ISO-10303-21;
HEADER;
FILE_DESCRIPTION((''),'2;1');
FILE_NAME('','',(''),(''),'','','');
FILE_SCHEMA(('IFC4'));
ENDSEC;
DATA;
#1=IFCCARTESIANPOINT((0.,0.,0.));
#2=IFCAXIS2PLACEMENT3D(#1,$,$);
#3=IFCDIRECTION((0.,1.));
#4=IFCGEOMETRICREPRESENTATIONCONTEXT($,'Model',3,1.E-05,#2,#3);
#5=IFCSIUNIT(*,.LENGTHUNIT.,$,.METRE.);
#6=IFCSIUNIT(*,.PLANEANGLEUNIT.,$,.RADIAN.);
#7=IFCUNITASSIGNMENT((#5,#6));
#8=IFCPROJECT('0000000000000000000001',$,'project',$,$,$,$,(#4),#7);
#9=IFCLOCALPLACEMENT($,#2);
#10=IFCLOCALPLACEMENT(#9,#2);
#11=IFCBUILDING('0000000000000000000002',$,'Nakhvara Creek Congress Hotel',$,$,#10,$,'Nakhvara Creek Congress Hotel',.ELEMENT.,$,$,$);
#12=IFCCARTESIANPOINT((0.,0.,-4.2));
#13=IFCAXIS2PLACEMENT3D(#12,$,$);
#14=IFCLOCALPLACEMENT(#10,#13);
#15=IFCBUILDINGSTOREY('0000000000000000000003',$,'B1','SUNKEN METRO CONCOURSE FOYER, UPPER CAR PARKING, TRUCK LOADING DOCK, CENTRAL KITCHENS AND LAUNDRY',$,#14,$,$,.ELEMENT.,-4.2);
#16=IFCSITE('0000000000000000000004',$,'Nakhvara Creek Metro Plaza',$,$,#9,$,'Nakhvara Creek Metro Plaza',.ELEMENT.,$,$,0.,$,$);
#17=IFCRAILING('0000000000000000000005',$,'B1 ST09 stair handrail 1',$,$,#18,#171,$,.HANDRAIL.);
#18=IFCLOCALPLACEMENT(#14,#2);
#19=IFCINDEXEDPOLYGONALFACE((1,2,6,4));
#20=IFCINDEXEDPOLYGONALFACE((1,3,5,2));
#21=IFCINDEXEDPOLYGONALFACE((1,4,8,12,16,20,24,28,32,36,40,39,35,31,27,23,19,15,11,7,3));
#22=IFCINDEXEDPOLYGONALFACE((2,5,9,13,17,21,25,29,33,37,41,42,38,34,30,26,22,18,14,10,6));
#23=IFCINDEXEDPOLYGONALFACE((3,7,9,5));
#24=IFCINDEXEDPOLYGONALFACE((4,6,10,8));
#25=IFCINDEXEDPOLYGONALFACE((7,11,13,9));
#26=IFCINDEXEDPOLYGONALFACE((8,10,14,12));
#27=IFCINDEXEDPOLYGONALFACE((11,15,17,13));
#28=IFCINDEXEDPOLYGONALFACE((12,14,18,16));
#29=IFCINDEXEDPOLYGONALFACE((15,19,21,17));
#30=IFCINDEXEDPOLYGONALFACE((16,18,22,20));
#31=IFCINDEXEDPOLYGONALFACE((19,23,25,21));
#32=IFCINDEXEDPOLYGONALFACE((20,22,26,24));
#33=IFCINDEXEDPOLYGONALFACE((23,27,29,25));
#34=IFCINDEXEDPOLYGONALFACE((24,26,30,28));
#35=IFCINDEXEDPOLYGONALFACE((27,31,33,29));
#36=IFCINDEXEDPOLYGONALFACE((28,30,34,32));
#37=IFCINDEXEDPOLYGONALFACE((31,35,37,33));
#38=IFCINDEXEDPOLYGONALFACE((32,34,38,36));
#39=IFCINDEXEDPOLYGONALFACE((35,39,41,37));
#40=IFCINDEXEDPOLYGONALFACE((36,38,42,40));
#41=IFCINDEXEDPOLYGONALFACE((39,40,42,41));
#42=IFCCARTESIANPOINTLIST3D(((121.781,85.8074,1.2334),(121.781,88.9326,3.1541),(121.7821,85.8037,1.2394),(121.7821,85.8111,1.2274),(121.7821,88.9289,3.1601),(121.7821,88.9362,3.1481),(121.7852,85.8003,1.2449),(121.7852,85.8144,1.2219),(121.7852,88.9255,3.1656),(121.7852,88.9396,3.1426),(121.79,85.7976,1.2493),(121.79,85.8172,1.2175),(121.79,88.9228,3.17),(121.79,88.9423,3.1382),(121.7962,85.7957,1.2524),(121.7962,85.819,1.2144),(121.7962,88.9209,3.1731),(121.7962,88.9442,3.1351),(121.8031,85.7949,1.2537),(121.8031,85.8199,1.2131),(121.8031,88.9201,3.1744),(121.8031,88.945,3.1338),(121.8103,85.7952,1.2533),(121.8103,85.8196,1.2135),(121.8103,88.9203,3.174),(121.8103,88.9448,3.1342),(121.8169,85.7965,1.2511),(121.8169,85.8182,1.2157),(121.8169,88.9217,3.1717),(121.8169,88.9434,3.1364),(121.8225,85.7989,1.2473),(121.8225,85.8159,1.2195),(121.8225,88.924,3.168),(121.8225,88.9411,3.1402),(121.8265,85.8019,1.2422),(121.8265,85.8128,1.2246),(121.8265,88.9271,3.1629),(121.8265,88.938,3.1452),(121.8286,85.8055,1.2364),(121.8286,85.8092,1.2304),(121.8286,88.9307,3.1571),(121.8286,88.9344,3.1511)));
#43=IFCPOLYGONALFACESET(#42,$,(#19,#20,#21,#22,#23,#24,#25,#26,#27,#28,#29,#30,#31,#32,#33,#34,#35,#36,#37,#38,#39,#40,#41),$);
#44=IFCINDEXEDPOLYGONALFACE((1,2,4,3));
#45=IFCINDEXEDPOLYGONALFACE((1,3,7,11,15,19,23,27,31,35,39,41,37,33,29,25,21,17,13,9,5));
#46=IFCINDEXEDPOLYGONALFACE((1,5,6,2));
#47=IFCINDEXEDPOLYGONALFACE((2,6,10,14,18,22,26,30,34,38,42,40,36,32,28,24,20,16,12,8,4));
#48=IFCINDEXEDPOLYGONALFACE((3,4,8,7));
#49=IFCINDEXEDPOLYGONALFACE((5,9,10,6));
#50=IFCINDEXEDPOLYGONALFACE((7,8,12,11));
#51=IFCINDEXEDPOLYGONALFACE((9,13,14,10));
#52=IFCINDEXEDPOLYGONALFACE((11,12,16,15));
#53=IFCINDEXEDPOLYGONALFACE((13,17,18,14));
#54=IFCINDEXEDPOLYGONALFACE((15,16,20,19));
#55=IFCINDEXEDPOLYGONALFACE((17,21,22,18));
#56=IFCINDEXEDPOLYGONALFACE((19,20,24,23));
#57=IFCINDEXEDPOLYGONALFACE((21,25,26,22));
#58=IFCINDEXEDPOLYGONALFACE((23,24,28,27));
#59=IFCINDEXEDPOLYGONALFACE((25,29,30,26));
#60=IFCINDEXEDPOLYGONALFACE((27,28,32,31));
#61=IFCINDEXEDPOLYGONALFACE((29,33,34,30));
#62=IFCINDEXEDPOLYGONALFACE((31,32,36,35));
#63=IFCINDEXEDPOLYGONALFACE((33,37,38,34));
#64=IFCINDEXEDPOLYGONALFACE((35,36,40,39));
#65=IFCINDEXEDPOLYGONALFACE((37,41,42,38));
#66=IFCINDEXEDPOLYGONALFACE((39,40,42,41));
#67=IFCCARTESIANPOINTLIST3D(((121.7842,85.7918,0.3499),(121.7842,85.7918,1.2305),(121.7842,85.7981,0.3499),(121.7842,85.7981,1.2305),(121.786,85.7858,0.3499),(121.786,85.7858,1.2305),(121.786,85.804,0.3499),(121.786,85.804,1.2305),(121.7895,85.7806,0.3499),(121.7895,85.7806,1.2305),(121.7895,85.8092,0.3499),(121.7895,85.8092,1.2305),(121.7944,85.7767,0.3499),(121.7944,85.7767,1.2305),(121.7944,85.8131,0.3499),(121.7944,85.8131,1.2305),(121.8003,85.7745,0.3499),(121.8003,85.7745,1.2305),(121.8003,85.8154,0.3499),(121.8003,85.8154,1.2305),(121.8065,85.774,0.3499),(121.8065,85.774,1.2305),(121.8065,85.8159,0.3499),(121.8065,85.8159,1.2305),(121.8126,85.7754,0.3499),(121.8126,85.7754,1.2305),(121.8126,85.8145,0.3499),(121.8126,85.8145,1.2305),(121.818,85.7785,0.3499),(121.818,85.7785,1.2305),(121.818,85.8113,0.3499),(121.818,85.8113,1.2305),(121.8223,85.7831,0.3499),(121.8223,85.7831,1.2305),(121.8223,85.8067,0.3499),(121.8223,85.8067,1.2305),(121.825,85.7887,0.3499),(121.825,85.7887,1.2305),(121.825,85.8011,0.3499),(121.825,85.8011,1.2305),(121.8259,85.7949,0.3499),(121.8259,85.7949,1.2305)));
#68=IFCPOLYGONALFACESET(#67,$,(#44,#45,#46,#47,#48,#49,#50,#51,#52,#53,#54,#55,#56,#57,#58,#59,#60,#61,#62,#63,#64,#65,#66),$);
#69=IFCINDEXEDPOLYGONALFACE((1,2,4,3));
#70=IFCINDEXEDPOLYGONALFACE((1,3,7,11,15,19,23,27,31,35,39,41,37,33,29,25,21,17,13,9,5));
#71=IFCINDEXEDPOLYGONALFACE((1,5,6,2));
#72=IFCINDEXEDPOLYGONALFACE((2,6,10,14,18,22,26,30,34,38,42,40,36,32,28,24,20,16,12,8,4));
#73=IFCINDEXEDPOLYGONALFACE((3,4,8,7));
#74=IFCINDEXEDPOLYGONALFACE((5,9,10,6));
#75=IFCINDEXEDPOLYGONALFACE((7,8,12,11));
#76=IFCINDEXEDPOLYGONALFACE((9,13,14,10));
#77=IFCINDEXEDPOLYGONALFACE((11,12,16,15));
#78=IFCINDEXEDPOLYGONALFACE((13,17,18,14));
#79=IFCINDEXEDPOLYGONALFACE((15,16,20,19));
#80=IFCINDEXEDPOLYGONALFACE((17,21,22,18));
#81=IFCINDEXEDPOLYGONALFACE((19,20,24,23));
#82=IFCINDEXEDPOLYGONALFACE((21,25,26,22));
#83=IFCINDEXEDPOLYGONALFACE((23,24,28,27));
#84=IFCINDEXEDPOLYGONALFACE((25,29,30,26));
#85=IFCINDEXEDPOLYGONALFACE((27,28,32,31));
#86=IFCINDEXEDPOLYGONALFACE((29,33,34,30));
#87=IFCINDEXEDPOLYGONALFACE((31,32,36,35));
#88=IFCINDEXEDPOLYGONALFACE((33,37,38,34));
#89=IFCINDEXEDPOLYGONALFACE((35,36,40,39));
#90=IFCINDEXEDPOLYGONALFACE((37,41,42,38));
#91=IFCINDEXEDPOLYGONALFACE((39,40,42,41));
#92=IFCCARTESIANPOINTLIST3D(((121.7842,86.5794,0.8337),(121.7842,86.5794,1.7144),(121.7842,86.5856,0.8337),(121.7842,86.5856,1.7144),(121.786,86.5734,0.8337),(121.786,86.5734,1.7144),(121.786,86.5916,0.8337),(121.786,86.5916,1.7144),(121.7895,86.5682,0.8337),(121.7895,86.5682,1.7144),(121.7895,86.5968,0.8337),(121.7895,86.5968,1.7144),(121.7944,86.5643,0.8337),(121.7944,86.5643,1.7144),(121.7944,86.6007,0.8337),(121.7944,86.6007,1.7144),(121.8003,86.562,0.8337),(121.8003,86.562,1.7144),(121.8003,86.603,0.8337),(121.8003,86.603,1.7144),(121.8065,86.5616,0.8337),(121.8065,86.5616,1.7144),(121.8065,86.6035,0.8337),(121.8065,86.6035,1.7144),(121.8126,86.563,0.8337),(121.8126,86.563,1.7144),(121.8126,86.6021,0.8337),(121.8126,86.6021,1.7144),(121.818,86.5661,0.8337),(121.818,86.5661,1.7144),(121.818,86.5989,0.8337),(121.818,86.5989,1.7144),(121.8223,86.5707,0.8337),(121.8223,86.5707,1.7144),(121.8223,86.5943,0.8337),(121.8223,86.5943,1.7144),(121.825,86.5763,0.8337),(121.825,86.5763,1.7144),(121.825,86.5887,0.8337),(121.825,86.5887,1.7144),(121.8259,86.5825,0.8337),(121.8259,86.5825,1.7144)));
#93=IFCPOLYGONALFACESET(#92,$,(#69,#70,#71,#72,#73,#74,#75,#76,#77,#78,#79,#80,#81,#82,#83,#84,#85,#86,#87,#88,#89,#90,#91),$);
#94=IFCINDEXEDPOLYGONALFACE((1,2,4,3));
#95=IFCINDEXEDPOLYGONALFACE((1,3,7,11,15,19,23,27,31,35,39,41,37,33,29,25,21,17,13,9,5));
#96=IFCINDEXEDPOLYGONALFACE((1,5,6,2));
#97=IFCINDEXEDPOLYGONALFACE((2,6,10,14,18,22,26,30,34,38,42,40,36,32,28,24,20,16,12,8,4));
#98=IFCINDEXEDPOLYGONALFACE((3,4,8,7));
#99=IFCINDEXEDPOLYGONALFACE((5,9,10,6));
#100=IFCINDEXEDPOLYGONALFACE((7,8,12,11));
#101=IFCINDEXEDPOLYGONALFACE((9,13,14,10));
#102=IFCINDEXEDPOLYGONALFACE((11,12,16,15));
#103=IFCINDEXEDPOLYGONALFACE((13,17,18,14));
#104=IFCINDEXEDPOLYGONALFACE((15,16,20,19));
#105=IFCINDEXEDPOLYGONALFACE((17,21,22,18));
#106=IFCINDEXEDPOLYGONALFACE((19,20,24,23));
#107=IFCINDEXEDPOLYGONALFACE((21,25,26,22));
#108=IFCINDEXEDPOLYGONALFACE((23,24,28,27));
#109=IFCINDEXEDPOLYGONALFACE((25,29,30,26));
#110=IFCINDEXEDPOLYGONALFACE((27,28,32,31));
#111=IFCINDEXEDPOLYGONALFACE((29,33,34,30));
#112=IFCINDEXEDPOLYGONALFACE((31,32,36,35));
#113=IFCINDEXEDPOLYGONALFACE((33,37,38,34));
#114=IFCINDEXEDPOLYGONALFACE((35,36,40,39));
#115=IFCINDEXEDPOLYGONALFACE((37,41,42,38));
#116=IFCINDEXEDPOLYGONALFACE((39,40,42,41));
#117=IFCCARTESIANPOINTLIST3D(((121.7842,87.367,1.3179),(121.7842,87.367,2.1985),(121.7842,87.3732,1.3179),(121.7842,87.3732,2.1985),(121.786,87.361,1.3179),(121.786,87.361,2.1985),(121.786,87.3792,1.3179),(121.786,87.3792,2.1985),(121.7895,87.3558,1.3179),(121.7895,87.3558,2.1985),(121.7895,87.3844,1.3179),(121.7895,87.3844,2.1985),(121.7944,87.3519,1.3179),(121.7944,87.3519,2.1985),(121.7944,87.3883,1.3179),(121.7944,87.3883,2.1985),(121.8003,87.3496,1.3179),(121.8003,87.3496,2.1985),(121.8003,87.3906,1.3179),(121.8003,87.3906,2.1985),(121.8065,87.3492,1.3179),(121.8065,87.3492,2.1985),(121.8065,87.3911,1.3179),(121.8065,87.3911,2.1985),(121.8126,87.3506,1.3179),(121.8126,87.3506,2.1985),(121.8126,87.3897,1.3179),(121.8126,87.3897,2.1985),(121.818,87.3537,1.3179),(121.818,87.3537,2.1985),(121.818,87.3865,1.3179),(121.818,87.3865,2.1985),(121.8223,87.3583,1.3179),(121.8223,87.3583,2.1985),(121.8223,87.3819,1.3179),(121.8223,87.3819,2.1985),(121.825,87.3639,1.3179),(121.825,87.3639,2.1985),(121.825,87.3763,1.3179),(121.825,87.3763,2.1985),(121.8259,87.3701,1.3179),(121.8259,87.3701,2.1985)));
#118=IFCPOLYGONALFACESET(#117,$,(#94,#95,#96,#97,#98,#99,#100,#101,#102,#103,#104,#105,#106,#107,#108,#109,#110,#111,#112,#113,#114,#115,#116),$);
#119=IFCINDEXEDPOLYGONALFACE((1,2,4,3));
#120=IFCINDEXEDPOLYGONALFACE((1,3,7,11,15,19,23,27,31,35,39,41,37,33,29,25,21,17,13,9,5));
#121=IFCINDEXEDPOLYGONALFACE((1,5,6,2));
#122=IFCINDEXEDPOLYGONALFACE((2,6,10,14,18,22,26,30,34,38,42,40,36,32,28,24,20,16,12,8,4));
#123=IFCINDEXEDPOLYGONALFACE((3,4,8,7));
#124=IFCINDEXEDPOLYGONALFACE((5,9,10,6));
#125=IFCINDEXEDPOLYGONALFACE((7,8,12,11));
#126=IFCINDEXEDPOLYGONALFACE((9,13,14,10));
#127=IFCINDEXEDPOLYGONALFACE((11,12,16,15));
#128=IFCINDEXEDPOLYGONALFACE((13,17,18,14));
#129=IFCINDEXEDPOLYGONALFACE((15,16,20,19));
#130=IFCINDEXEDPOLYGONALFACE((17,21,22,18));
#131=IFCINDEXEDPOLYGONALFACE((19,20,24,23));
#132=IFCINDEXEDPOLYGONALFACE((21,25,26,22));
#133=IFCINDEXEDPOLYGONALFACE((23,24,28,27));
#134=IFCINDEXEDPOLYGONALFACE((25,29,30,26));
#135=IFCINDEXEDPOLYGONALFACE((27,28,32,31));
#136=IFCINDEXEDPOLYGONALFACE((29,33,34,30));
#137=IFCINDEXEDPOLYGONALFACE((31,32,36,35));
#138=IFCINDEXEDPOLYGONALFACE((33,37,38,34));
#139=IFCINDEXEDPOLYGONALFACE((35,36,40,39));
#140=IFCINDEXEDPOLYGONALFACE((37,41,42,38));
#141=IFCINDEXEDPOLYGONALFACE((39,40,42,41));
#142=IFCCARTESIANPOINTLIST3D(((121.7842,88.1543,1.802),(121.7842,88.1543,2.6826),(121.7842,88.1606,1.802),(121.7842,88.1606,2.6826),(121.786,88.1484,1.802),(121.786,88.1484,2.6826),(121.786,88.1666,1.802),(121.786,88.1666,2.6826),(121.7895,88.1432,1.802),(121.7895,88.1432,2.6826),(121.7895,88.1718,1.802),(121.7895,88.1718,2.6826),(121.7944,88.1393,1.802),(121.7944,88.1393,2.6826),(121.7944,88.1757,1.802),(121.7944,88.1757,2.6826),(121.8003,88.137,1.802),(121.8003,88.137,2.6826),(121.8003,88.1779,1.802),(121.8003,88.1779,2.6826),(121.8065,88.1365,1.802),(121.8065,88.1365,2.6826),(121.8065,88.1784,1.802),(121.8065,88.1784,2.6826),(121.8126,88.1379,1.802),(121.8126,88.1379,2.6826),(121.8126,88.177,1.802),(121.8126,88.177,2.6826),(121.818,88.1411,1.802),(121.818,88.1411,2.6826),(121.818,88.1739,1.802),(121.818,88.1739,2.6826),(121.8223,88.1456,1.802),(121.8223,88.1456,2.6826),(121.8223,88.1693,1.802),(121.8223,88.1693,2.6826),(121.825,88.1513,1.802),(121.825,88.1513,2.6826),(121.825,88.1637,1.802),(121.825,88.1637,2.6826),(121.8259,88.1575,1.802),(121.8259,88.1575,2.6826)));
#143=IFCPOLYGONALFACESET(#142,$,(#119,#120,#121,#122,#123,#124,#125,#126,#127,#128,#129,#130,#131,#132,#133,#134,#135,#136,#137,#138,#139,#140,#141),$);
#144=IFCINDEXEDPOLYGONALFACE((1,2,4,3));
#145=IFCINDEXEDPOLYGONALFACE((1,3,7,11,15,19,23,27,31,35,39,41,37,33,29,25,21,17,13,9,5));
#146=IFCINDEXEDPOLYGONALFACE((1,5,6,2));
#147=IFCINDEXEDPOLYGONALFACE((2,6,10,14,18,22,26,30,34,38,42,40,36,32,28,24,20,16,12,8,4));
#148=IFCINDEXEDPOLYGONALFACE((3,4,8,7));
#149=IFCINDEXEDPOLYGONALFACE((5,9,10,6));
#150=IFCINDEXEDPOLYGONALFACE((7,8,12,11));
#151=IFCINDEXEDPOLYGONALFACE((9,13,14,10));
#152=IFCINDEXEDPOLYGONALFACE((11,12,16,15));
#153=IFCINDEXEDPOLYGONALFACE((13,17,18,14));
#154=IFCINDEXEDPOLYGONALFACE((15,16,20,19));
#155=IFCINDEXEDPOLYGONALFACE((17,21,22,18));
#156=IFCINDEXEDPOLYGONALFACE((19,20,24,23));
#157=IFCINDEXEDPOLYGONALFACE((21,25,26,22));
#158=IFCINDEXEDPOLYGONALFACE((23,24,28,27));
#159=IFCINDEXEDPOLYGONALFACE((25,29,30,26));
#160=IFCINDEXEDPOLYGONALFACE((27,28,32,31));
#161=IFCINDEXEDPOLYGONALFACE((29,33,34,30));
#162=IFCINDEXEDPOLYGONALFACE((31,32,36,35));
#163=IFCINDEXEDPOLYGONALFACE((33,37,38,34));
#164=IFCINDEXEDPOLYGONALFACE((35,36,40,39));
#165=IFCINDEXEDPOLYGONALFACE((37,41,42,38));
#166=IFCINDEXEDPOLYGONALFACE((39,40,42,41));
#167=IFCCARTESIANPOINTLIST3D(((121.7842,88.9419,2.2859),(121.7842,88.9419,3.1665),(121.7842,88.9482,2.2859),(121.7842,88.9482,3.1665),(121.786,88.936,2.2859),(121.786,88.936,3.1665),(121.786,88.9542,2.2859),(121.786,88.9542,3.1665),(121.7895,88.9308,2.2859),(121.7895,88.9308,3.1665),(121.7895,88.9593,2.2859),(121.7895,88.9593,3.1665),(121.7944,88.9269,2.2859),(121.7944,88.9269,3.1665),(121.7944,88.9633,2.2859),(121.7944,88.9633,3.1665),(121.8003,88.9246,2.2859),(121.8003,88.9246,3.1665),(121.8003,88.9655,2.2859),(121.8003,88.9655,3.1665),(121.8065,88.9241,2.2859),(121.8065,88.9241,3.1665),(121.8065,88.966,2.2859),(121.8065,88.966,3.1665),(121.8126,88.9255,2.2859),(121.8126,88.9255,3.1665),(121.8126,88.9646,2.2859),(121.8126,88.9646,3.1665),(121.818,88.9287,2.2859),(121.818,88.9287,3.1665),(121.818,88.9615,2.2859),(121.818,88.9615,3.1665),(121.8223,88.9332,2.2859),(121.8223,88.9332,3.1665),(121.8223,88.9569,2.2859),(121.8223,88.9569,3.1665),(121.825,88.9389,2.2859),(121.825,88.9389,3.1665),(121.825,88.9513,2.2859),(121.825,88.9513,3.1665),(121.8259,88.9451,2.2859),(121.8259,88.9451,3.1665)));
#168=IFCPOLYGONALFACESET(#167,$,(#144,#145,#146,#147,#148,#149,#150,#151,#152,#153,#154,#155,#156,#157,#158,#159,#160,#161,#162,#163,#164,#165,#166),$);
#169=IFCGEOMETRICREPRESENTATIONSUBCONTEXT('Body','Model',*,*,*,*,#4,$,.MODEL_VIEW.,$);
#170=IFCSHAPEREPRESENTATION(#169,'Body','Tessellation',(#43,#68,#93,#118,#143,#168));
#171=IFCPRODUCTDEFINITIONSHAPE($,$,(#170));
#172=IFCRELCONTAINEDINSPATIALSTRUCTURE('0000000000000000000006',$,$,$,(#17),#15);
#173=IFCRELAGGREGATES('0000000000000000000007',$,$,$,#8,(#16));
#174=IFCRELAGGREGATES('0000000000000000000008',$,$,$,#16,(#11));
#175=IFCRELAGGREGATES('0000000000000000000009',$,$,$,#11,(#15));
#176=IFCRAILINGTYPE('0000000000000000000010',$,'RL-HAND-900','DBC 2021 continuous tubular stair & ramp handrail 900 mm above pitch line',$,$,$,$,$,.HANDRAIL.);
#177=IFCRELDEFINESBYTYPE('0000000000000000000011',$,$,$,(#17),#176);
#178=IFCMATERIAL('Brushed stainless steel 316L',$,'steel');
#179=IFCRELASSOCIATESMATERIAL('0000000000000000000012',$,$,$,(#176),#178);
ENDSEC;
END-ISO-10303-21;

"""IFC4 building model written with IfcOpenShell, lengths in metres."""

from ifc_helpers import new_model, si_unit, direction, frame, origin, origin_2d, place, context, subcontext, project, spatial, circle, extrude, material, type_object, element, save


model = new_model("IFC4")

# Units and contexts
model_context = context("Model", 3, precision=1e-05, world=origin(), true_north=direction((0.0, 1.0)))
body_context = subcontext(model_context, "Body", "Model", "MODEL_VIEW")
ifc_project = project(units=[si_unit("LENGTHUNIT", "METRE"), si_unit("PLANEANGLEUNIT", "RADIAN")], contexts=[model_context])

# Site, building, storey
site_placement = place(None, origin())
site = spatial("IfcSite", under=ifc_project, at=site_placement, Name="Nakhvara Creek Metro Plaza", LongName="Nakhvara Creek Metro Plaza", CompositionType="ELEMENT", RefElevation=0.0)
building_placement = place(site_placement, origin())
building = spatial("IfcBuilding", under=site, at=building_placement, Name="Nakhvara Creek Congress Hotel", LongName="Nakhvara Creek Congress Hotel", CompositionType="ELEMENT")
storey_placement = place(building_placement, frame((0.0, 0.0, -4.2)))
storey = spatial("IfcBuildingStorey", under=building, at=storey_placement, Name="B1", Description="SUNKEN METRO CONCOURSE FOYER, UPPER CAR PARKING, TRUCK LOADING DOCK, CENTRAL KITCHENS AND LAUNDRY", CompositionType="ELEMENT", Elevation=-4.2)

# Railing
ifc_material_1 = material(Name="Brushed stainless steel 316L", Category="steel")
railing_type_1 = type_object("IfcRailingType", Name="RL-HAND-900", Description="DBC 2021 continuous tubular stair & ramp handrail 900 mm above pitch line", PredefinedType="HANDRAIL", material=ifc_material_1)
railing_1_placement = place(storey_placement, frame((121.8049, 85.7949, 0.3499)))
element("IfcRailing", 1, at=railing_1_placement, inside=storey, type_object=railing_type_1, Name="B1 ST09 stair handrail 1", PredefinedType="HANDRAIL", context=body_context, shape_type="SweptSolid", body=[
    extrude(circle(Radius=0.0239, at=origin_2d()), frame((0.0, 0.0125, 0.8835), z_axis=(0.0, 0.851962, 0.523604), x_axis=(-1.0, 0.0, 0.0)), (0.0, 0.0, 1.0), 3.6682),
    extrude(circle(Radius=0.021, at=origin_2d()), origin(), (0.0, 0.0, 1.0), 0.8806),
    extrude(circle(Radius=0.021, at=origin_2d()), frame((0.0, 0.7876, 0.4839)), (0.0, 0.0, 1.0), 0.8806),
    extrude(circle(Radius=0.021, at=origin_2d()), frame((0.0, 1.5752, 0.968)), (0.0, 0.0, 1.0), 0.8806),
    extrude(circle(Radius=0.021, at=origin_2d()), frame((0.0, 2.3625, 1.4521)), (0.0, 0.0, 1.0), 0.8806),
    extrude(circle(Radius=0.021, at=origin_2d()), frame((0.0, 3.1501, 1.936)), (0.0, 0.0, 1.0), 0.8806),
])

save(model, "model.ifc")
